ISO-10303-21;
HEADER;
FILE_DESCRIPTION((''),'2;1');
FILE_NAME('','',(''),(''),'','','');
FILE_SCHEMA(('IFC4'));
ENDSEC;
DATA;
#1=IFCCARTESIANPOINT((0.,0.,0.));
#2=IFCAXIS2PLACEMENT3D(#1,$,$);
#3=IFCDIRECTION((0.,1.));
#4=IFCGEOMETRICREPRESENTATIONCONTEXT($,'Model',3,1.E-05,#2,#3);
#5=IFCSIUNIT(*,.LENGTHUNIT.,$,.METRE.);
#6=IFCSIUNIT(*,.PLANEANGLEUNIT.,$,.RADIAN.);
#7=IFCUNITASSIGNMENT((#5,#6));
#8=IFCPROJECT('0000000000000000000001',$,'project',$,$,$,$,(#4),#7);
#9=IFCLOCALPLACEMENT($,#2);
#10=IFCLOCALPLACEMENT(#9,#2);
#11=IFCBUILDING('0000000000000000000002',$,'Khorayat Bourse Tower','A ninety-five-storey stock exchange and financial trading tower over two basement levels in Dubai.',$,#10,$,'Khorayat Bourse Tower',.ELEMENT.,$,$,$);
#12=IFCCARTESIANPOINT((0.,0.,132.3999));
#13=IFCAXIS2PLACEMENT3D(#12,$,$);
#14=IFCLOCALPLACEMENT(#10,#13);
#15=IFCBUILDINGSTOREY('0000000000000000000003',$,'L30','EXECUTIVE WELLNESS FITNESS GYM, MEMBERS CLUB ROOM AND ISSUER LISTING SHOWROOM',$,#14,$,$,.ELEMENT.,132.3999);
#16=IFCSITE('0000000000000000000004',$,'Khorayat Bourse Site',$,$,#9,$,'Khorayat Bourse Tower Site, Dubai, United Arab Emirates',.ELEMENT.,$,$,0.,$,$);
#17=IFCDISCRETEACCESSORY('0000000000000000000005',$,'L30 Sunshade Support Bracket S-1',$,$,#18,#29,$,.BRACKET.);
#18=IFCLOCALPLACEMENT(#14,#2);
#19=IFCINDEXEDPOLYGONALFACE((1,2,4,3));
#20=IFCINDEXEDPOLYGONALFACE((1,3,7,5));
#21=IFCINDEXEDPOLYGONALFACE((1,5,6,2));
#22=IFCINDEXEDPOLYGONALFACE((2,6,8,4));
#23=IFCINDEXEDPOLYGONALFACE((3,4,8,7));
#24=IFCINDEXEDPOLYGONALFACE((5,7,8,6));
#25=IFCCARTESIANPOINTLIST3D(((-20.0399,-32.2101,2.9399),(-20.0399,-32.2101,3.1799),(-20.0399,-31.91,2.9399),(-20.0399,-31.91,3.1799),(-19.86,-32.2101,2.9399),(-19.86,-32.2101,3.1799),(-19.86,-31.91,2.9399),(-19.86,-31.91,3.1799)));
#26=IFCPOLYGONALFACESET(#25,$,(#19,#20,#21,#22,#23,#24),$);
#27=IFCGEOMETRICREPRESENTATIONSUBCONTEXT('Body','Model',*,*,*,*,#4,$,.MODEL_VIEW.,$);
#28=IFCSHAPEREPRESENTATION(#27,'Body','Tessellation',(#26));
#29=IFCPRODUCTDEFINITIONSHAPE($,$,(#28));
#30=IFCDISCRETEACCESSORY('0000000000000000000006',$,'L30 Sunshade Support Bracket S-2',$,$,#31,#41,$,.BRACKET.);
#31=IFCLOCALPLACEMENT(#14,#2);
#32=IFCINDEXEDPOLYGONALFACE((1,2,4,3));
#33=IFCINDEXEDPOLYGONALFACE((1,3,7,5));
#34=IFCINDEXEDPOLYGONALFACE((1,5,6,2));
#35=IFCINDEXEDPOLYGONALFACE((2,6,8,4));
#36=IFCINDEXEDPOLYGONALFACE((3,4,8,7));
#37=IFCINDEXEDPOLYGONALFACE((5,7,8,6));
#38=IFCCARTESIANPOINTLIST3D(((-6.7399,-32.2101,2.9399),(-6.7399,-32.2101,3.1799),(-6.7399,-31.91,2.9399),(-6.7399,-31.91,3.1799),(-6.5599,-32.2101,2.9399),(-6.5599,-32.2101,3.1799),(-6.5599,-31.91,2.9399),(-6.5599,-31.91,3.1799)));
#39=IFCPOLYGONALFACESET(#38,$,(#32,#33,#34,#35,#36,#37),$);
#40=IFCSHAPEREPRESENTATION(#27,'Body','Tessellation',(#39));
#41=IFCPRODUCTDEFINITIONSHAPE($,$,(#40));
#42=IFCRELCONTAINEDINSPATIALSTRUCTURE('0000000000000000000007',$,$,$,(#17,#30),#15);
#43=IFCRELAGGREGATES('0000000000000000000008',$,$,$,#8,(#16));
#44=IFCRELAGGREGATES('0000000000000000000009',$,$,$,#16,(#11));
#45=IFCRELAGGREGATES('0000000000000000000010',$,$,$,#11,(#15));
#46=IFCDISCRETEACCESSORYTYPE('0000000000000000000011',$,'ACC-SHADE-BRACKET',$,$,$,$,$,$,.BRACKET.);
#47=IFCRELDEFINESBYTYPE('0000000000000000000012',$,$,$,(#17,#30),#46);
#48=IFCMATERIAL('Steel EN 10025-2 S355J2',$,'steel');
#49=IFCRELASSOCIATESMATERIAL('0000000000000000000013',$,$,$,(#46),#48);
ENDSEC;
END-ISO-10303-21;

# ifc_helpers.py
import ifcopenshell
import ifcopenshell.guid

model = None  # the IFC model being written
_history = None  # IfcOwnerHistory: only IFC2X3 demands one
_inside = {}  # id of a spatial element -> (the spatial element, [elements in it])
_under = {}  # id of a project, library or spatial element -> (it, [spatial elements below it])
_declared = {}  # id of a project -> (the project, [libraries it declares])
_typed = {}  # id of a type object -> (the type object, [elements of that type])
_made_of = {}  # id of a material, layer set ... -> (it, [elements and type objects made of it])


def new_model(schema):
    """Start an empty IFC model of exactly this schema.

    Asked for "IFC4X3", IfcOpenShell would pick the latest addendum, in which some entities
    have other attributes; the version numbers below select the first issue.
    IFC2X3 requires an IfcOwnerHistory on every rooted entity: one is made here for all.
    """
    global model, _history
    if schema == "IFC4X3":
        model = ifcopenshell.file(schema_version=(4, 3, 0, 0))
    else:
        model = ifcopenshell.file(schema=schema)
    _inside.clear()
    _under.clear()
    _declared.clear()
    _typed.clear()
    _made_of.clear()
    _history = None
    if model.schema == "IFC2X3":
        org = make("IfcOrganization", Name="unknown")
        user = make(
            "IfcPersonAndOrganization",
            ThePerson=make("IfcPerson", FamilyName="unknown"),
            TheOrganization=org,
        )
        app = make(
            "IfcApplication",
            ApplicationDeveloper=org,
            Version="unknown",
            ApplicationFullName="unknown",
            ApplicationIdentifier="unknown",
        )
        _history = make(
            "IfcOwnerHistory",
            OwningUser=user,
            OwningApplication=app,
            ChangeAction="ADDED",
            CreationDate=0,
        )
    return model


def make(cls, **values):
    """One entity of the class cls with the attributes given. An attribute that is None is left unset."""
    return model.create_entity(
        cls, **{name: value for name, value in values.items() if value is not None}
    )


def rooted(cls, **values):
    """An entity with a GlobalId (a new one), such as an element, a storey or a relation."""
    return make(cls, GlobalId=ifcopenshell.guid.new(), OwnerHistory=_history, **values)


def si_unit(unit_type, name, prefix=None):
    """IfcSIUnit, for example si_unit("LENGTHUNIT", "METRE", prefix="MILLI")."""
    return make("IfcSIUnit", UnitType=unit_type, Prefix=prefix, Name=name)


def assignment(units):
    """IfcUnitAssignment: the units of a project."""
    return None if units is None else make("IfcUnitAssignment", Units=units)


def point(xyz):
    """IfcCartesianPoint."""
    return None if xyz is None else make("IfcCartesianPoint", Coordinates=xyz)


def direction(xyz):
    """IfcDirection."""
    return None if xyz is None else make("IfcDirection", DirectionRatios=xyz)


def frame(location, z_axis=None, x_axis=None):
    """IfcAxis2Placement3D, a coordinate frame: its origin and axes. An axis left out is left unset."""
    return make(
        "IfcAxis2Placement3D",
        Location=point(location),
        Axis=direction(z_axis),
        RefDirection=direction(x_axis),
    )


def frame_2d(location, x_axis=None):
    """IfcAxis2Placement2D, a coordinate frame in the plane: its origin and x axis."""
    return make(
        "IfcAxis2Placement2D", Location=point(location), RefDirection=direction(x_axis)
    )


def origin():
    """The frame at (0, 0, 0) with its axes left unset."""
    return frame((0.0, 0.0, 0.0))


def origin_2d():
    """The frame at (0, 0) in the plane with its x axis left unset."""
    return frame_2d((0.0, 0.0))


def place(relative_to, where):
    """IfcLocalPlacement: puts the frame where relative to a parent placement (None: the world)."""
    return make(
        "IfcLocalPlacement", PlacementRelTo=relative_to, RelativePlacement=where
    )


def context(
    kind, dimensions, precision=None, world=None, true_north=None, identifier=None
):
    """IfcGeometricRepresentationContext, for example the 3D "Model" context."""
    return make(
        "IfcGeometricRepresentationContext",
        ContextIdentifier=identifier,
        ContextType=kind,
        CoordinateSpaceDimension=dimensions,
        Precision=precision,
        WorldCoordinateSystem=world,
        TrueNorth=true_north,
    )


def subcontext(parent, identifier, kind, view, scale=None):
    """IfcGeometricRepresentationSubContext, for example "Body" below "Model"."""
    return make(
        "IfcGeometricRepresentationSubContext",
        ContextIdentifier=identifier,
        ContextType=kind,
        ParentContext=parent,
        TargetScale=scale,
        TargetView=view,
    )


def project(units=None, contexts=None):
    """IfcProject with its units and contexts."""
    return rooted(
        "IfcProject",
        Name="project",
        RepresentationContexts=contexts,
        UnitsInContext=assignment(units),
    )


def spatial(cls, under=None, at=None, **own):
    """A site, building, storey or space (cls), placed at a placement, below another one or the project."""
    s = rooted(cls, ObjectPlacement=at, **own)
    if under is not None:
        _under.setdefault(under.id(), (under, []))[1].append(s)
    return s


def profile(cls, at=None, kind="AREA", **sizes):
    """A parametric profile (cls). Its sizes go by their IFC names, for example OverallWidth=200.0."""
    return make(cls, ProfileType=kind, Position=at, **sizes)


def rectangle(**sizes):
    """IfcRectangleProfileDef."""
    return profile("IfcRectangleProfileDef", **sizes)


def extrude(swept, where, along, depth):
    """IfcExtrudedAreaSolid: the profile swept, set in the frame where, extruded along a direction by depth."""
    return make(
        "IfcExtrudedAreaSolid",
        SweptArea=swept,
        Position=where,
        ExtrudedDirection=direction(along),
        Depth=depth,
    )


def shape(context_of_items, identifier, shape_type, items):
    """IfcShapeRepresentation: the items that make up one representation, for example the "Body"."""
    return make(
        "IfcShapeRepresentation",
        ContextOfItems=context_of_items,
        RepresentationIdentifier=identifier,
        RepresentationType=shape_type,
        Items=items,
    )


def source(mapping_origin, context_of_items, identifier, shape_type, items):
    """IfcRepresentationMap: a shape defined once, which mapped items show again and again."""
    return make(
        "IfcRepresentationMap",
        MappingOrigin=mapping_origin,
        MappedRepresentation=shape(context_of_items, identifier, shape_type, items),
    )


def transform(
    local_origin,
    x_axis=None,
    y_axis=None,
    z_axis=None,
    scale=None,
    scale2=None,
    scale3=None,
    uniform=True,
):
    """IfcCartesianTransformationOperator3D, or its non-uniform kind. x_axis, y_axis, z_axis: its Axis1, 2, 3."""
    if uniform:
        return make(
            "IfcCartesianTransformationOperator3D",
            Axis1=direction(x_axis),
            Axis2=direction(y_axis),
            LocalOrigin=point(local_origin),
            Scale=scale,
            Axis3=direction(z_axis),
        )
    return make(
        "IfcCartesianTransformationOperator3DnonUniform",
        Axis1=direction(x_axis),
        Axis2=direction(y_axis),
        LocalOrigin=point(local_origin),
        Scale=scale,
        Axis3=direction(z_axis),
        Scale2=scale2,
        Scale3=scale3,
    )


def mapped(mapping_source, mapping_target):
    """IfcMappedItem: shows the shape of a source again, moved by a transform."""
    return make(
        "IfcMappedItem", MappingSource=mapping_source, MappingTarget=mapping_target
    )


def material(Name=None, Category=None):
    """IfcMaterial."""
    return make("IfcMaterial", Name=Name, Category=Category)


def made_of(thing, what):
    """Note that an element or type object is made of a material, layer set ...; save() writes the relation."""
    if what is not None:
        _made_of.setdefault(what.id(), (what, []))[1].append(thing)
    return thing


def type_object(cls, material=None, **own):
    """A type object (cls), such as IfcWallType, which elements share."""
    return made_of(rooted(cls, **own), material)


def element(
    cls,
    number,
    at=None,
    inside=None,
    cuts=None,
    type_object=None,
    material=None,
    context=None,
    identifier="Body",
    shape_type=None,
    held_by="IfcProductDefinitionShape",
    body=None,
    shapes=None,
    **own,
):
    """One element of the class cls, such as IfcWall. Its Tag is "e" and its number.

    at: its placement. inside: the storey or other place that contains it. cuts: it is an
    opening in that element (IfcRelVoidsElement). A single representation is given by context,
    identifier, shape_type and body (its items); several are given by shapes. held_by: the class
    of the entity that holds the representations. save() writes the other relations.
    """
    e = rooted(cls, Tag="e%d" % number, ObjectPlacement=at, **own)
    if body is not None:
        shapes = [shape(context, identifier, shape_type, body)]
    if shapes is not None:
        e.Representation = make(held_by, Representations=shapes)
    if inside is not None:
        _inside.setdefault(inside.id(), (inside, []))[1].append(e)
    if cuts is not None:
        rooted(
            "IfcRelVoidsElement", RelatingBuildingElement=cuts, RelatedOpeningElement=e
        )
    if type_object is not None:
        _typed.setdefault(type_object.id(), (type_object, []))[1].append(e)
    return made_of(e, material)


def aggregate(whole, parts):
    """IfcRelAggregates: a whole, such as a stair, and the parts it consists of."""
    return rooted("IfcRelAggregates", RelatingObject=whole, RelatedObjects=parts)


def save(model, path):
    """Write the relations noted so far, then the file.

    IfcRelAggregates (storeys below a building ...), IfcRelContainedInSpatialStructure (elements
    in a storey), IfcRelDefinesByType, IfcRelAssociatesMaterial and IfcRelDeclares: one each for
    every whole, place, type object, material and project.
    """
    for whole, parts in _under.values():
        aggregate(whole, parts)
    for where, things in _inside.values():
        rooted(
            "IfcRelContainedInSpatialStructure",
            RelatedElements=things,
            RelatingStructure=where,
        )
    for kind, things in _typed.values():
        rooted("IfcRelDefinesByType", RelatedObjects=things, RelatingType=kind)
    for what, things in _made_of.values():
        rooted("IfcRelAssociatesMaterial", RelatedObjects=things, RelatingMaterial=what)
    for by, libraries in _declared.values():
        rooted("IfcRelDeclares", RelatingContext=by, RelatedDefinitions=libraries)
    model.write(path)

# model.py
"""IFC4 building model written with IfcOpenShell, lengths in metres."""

from ifc_helpers import new_model, si_unit, direction, frame, origin, origin_2d, place, context, subcontext, project, spatial, rectangle, extrude, source, transform, mapped, material, type_object, element, save


model = new_model("IFC4")

# Units and contexts
model_context = context("Model", 3, precision=1e-05, world=origin(), true_north=direction((0.0, 1.0)))
body_context = subcontext(model_context, "Body", "Model", "MODEL_VIEW")
ifc_project = project(units=[si_unit("LENGTHUNIT", "METRE"), si_unit("PLANEANGLEUNIT", "RADIAN")], contexts=[model_context])

# Site, building, storey
site_placement = place(None, origin())
site = spatial("IfcSite", under=ifc_project, at=site_placement, Name="Khorayat Bourse Site", LongName="Khorayat Bourse Tower Site, Dubai, United Arab Emirates", CompositionType="ELEMENT", RefElevation=0.0)
building_placement = place(site_placement, origin())
building = spatial("IfcBuilding", under=site, at=building_placement, Name="Khorayat Bourse Tower", Description="A ninety-five-storey stock exchange and financial trading tower over two basement levels in Dubai.", LongName="Khorayat Bourse Tower", CompositionType="ELEMENT")
storey_placement = place(building_placement, frame((0.0, 0.0, 132.3999)))
storey = spatial("IfcBuildingStorey", under=building, at=storey_placement, Name="L30", Description="EXECUTIVE WELLNESS FITNESS GYM, MEMBERS CLUB ROOM AND ISSUER LISTING SHOWROOM", CompositionType="ELEMENT", Elevation=132.3999)

# Shared definitions
ifc_material_1 = material(Name="Steel EN 10025-2 S355J2", Category="steel")

# Discrete accessories
discrete_accessory_type = type_object("IfcDiscreteAccessoryType", Name="ACC-SHADE-BRACKET", PredefinedType="BRACKET", material=ifc_material_1)
shared_shape_1 = source(origin(), body_context, "Body", "SweptSolid", [
    extrude(rectangle(XDim=0.1799, YDim=0.3, at=origin_2d()), origin(), (0.0, 0.0, 1.0), 0.24),
])
for number, where, z_axis, x_axis, name in (
    (1, (-19.95, -32.0601, 2.9399), (0.0, 0.0, 1.0), (1.0, 0.0, 0.0), "L30 Sunshade Support Bracket S-1"),
    (2, (-6.6499, -32.0601, 2.9399), (0.0, 0.0, 1.0), (1.0, 0.0, 0.0), "L30 Sunshade Support Bracket S-2"),
):
    element("IfcDiscreteAccessory", number, at=place(storey_placement, frame(where, z_axis=z_axis, x_axis=x_axis)), inside=storey, type_object=discrete_accessory_type, Name=name, PredefinedType="BRACKET", context=body_context, shape_type="MappedRepresentation", body=[
        mapped(shared_shape_1, transform((0.0, 0.0, 0.0), scale=1.0)),
    ])

save(model, "model.ifc")
